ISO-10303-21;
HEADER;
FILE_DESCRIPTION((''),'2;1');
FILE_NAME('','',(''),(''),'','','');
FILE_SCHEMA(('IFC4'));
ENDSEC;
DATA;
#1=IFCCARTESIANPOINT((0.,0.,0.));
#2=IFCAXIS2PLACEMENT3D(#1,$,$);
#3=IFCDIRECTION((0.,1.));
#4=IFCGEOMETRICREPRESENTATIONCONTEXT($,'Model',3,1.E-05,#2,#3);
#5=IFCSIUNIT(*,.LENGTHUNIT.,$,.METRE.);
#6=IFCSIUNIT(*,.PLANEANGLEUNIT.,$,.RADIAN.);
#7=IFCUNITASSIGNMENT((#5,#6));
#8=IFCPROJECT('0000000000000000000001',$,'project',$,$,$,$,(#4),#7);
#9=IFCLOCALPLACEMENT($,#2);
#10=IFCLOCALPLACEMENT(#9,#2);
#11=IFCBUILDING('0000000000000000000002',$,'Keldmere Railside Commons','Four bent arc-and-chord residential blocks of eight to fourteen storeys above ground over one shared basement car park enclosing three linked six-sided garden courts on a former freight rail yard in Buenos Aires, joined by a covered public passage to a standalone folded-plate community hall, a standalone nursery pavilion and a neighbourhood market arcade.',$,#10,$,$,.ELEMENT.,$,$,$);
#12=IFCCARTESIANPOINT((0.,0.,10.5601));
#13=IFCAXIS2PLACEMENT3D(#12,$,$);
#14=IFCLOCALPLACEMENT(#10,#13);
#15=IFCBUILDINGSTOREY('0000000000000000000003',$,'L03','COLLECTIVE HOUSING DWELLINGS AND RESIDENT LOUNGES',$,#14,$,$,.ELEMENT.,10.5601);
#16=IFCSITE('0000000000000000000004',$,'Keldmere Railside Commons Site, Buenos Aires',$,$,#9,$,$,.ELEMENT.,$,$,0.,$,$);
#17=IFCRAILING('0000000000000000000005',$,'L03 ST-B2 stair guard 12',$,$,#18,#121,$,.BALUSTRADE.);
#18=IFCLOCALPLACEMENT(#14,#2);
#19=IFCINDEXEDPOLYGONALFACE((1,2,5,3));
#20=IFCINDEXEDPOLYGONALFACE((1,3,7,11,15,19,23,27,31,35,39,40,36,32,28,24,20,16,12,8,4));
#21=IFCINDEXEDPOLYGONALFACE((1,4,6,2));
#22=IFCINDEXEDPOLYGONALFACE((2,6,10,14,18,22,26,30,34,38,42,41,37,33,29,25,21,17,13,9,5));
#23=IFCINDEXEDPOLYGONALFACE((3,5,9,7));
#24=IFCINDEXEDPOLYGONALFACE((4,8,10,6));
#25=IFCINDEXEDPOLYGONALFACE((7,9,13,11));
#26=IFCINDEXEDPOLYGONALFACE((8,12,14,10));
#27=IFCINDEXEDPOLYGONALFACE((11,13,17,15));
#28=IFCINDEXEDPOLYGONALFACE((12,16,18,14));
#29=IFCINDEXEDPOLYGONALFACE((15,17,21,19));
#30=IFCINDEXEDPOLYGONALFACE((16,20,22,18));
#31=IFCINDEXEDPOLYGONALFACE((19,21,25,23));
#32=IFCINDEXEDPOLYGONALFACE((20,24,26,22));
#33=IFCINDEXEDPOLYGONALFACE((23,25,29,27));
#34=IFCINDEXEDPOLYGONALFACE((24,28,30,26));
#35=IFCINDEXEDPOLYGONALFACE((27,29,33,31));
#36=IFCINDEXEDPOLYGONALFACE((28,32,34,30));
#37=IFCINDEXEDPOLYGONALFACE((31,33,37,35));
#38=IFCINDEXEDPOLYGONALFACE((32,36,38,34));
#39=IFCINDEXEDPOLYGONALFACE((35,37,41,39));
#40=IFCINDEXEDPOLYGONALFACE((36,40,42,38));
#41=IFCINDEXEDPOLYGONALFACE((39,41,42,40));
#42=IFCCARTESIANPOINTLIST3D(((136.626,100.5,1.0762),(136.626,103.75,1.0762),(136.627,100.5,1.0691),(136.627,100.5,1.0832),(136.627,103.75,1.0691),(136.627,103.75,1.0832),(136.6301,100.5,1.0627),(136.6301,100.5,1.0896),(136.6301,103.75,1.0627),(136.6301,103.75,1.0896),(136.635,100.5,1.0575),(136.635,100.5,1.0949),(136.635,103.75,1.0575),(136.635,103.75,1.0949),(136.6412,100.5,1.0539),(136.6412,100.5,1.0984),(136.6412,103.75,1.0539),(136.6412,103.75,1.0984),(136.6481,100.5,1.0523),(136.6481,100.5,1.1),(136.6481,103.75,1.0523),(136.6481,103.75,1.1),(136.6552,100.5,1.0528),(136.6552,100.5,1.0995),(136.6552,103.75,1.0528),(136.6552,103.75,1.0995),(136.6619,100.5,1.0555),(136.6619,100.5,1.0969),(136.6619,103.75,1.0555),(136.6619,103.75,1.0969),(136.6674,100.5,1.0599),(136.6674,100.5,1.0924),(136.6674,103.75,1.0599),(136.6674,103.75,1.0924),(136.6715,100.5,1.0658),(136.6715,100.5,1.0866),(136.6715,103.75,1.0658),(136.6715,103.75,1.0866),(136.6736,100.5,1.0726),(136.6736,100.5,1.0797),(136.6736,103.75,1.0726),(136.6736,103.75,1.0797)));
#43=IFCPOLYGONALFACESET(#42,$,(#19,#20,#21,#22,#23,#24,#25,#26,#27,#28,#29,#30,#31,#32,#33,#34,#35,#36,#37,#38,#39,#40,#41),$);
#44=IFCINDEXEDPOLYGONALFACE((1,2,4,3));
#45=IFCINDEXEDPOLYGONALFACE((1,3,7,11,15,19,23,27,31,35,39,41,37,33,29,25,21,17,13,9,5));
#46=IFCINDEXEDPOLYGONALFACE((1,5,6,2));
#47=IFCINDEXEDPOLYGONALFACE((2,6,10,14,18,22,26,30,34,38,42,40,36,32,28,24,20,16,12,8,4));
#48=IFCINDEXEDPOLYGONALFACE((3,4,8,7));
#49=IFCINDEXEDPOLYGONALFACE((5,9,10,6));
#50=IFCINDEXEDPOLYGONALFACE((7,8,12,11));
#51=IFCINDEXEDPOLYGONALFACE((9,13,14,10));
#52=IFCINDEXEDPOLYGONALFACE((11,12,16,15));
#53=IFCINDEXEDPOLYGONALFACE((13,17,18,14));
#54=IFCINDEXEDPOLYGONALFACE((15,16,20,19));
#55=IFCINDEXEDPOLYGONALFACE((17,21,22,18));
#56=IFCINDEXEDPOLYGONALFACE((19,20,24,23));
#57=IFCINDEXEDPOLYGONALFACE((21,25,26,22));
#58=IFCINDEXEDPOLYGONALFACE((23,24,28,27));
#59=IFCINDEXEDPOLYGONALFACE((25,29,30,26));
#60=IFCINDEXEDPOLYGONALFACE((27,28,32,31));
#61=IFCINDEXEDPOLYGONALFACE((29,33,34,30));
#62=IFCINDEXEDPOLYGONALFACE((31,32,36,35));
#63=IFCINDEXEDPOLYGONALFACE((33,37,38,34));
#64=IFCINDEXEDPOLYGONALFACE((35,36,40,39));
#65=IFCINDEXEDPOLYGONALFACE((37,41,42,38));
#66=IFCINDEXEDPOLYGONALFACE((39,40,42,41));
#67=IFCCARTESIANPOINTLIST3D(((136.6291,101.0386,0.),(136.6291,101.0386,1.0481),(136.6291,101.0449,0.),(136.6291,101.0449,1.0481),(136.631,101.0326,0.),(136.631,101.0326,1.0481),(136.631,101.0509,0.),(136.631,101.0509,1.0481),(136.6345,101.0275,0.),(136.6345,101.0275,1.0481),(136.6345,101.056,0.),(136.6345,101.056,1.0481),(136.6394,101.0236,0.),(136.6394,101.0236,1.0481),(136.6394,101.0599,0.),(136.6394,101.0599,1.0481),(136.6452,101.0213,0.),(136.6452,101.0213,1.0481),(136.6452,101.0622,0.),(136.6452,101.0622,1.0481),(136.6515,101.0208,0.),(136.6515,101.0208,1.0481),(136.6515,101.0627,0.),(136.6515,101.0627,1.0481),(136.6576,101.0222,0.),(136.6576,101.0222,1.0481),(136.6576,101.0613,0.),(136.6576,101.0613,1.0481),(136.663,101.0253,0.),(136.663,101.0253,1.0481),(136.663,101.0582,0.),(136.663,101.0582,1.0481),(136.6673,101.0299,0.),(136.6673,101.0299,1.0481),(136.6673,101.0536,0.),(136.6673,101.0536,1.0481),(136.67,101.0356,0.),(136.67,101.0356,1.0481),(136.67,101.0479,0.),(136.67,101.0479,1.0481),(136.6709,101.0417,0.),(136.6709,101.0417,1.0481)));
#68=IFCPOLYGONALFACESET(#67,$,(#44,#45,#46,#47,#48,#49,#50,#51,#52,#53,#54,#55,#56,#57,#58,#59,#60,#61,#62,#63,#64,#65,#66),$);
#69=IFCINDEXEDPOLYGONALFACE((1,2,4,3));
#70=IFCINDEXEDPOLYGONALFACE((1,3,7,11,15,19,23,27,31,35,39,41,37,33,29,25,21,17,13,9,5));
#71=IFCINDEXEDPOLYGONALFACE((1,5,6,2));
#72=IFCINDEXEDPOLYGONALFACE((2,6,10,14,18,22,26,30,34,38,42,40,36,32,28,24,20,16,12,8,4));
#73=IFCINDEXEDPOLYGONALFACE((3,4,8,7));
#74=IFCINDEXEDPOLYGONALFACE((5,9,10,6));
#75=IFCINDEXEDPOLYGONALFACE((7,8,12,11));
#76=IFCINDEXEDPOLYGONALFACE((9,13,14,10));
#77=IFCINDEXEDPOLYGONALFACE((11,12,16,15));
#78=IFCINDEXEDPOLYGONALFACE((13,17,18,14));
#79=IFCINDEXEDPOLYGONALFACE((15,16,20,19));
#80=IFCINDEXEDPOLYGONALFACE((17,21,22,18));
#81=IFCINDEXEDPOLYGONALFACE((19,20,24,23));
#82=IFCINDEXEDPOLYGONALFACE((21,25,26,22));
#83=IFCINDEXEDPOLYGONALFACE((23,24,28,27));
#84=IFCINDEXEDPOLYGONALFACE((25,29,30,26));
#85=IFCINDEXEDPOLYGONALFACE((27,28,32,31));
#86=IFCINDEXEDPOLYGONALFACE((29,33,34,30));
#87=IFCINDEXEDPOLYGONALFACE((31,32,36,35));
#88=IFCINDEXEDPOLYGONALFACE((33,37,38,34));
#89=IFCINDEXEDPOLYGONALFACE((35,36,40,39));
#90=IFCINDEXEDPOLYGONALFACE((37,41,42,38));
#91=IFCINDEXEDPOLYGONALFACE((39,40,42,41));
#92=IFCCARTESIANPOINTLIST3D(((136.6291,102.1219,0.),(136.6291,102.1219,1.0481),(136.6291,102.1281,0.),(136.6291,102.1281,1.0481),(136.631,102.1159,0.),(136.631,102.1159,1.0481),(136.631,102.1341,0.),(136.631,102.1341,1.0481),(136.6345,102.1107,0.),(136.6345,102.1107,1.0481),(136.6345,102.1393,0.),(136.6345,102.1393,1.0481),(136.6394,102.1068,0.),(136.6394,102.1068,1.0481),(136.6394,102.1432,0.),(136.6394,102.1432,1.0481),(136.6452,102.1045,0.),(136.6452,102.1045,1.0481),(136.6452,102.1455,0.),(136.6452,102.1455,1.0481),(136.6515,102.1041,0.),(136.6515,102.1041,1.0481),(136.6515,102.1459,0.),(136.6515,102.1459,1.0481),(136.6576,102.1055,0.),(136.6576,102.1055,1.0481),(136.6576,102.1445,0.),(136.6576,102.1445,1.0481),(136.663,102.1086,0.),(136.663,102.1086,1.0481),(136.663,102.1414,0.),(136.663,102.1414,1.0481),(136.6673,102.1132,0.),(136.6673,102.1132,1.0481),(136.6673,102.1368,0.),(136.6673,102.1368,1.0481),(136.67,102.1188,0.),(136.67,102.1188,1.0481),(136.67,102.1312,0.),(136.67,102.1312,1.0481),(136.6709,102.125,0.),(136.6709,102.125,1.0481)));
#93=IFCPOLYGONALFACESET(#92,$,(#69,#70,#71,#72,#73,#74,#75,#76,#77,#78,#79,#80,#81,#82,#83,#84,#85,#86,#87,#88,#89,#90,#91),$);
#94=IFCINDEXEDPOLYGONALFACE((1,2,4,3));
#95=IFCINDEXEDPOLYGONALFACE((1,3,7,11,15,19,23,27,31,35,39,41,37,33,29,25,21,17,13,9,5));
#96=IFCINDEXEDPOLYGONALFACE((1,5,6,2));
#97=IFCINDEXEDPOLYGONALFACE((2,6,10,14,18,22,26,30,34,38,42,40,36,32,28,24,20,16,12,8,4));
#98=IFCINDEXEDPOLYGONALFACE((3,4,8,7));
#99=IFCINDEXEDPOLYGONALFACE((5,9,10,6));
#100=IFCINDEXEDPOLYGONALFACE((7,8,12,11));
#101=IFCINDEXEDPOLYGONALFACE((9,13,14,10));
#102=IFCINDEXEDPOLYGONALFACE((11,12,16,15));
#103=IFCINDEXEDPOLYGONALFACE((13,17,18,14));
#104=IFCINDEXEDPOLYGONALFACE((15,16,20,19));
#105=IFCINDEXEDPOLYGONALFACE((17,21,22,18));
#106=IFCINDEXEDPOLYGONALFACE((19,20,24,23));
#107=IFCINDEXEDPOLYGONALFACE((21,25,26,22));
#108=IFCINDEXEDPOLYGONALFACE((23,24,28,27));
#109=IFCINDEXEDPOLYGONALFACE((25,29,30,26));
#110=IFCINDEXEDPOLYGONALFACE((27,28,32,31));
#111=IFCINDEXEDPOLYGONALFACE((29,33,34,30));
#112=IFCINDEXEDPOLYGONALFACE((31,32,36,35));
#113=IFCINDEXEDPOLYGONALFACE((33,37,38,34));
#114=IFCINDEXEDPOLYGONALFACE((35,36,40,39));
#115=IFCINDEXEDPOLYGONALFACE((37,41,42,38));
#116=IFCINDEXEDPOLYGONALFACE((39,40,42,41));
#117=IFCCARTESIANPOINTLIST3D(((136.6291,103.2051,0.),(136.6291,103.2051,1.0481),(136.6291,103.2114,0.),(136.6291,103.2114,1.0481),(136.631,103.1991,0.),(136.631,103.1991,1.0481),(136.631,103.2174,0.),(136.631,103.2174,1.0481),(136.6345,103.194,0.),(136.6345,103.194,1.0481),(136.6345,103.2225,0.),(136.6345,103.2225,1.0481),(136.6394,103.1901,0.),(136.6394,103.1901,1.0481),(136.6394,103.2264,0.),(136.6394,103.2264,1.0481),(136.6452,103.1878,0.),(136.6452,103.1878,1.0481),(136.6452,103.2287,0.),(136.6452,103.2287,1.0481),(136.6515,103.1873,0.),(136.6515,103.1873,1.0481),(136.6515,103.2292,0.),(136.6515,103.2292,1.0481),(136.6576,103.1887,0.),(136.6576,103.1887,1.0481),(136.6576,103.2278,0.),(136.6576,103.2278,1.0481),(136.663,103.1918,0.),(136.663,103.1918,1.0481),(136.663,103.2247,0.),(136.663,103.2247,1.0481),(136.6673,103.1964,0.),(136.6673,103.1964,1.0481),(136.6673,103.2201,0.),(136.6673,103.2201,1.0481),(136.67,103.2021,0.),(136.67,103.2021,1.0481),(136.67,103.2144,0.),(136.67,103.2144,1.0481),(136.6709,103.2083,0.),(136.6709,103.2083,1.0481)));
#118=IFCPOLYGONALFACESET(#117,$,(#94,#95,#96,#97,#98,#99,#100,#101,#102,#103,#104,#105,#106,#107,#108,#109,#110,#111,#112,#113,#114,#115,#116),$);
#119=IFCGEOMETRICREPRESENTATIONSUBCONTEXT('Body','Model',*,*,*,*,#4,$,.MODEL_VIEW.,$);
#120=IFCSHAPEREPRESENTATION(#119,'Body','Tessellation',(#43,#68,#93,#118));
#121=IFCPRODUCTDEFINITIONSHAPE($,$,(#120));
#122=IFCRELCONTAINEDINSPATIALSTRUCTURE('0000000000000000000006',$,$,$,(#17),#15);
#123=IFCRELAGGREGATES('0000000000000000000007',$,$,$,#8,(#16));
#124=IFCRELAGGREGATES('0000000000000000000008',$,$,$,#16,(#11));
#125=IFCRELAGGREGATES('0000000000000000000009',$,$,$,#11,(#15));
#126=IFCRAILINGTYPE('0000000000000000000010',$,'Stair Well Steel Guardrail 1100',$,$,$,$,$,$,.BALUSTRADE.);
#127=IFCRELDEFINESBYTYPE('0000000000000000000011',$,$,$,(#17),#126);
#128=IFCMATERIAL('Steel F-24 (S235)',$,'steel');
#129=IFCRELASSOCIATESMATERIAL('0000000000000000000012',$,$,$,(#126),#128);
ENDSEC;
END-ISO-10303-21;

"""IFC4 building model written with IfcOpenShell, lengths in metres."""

from ifc_helpers import new_model, si_unit, direction, frame, origin, origin_2d, place, context, subcontext, project, spatial, circle, extrude, material, type_object, element, save


model = new_model("IFC4")

# Units and contexts
model_context = context("Model", 3, precision=1e-05, world=origin(), true_north=direction((0.0, 1.0)))
body_context = subcontext(model_context, "Body", "Model", "MODEL_VIEW")
ifc_project = project(units=[si_unit("LENGTHUNIT", "METRE"), si_unit("PLANEANGLEUNIT", "RADIAN")], contexts=[model_context])

# Site, building, storey
site_placement = place(None, origin())
site = spatial("IfcSite", under=ifc_project, at=site_placement, Name="Keldmere Railside Commons Site, Buenos Aires", CompositionType="ELEMENT", RefElevation=0.0)
building_placement = place(site_placement, origin())
building = spatial("IfcBuilding", under=site, at=building_placement, Name="Keldmere Railside Commons", Description="Four bent arc-and-chord residential blocks of eight to fourteen storeys above ground over one shared basement car park enclosing three linked six-sided garden courts on a former freight rail yard in Buenos Aires, joined by a covered public passage to a standalone folded-plate community hall, a standalone nursery pavilion and a neighbourhood market arcade.", CompositionType="ELEMENT")
storey_placement = place(building_placement, frame((0.0, 0.0, 10.5601)))
storey = spatial("IfcBuildingStorey", under=building, at=storey_placement, Name="L03", Description="COLLECTIVE HOUSING DWELLINGS AND RESIDENT LOUNGES", CompositionType="ELEMENT", Elevation=10.5601)

# Shared definitions
ifc_material_1 = material(Name="Steel F-24 (S235)", Category="steel")

# Railing
railing_type_1 = type_object("IfcRailingType", Name="Stair Well Steel Guardrail 1100", PredefinedType="BALUSTRADE", material=ifc_material_1)
railing_1_placement = place(storey_placement, frame((136.6499, 100.5, 0.0)))
element("IfcRailing", 1, at=railing_1_placement, inside=storey, type_object=railing_type_1, Name="L03 ST-B2 stair guard 12", PredefinedType="BALUSTRADE", context=body_context, shape_type="SweptSolid", body=[
    extrude(circle(Radius=0.0239, at=origin_2d()), frame((0.0, 0.0, 1.0762), z_axis=(0.0, 1.0, 0.0), x_axis=(-1.0, 0.0, 0.0)), (0.0, 0.0, 1.0), 3.25),
    extrude(circle(Radius=0.021, at=origin_2d()), frame((0.0, 0.5417, 0.0)), (0.0, 0.0, 1.0), 1.0481),
    extrude(circle(Radius=0.021, at=origin_2d()), frame((0.0, 1.625, 0.0)), (0.0, 0.0, 1.0), 1.0481),
    extrude(circle(Radius=0.021, at=origin_2d()), frame((0.0, 2.7083, 0.0)), (0.0, 0.0, 1.0), 1.0481),
])

save(model, "model.ifc")
